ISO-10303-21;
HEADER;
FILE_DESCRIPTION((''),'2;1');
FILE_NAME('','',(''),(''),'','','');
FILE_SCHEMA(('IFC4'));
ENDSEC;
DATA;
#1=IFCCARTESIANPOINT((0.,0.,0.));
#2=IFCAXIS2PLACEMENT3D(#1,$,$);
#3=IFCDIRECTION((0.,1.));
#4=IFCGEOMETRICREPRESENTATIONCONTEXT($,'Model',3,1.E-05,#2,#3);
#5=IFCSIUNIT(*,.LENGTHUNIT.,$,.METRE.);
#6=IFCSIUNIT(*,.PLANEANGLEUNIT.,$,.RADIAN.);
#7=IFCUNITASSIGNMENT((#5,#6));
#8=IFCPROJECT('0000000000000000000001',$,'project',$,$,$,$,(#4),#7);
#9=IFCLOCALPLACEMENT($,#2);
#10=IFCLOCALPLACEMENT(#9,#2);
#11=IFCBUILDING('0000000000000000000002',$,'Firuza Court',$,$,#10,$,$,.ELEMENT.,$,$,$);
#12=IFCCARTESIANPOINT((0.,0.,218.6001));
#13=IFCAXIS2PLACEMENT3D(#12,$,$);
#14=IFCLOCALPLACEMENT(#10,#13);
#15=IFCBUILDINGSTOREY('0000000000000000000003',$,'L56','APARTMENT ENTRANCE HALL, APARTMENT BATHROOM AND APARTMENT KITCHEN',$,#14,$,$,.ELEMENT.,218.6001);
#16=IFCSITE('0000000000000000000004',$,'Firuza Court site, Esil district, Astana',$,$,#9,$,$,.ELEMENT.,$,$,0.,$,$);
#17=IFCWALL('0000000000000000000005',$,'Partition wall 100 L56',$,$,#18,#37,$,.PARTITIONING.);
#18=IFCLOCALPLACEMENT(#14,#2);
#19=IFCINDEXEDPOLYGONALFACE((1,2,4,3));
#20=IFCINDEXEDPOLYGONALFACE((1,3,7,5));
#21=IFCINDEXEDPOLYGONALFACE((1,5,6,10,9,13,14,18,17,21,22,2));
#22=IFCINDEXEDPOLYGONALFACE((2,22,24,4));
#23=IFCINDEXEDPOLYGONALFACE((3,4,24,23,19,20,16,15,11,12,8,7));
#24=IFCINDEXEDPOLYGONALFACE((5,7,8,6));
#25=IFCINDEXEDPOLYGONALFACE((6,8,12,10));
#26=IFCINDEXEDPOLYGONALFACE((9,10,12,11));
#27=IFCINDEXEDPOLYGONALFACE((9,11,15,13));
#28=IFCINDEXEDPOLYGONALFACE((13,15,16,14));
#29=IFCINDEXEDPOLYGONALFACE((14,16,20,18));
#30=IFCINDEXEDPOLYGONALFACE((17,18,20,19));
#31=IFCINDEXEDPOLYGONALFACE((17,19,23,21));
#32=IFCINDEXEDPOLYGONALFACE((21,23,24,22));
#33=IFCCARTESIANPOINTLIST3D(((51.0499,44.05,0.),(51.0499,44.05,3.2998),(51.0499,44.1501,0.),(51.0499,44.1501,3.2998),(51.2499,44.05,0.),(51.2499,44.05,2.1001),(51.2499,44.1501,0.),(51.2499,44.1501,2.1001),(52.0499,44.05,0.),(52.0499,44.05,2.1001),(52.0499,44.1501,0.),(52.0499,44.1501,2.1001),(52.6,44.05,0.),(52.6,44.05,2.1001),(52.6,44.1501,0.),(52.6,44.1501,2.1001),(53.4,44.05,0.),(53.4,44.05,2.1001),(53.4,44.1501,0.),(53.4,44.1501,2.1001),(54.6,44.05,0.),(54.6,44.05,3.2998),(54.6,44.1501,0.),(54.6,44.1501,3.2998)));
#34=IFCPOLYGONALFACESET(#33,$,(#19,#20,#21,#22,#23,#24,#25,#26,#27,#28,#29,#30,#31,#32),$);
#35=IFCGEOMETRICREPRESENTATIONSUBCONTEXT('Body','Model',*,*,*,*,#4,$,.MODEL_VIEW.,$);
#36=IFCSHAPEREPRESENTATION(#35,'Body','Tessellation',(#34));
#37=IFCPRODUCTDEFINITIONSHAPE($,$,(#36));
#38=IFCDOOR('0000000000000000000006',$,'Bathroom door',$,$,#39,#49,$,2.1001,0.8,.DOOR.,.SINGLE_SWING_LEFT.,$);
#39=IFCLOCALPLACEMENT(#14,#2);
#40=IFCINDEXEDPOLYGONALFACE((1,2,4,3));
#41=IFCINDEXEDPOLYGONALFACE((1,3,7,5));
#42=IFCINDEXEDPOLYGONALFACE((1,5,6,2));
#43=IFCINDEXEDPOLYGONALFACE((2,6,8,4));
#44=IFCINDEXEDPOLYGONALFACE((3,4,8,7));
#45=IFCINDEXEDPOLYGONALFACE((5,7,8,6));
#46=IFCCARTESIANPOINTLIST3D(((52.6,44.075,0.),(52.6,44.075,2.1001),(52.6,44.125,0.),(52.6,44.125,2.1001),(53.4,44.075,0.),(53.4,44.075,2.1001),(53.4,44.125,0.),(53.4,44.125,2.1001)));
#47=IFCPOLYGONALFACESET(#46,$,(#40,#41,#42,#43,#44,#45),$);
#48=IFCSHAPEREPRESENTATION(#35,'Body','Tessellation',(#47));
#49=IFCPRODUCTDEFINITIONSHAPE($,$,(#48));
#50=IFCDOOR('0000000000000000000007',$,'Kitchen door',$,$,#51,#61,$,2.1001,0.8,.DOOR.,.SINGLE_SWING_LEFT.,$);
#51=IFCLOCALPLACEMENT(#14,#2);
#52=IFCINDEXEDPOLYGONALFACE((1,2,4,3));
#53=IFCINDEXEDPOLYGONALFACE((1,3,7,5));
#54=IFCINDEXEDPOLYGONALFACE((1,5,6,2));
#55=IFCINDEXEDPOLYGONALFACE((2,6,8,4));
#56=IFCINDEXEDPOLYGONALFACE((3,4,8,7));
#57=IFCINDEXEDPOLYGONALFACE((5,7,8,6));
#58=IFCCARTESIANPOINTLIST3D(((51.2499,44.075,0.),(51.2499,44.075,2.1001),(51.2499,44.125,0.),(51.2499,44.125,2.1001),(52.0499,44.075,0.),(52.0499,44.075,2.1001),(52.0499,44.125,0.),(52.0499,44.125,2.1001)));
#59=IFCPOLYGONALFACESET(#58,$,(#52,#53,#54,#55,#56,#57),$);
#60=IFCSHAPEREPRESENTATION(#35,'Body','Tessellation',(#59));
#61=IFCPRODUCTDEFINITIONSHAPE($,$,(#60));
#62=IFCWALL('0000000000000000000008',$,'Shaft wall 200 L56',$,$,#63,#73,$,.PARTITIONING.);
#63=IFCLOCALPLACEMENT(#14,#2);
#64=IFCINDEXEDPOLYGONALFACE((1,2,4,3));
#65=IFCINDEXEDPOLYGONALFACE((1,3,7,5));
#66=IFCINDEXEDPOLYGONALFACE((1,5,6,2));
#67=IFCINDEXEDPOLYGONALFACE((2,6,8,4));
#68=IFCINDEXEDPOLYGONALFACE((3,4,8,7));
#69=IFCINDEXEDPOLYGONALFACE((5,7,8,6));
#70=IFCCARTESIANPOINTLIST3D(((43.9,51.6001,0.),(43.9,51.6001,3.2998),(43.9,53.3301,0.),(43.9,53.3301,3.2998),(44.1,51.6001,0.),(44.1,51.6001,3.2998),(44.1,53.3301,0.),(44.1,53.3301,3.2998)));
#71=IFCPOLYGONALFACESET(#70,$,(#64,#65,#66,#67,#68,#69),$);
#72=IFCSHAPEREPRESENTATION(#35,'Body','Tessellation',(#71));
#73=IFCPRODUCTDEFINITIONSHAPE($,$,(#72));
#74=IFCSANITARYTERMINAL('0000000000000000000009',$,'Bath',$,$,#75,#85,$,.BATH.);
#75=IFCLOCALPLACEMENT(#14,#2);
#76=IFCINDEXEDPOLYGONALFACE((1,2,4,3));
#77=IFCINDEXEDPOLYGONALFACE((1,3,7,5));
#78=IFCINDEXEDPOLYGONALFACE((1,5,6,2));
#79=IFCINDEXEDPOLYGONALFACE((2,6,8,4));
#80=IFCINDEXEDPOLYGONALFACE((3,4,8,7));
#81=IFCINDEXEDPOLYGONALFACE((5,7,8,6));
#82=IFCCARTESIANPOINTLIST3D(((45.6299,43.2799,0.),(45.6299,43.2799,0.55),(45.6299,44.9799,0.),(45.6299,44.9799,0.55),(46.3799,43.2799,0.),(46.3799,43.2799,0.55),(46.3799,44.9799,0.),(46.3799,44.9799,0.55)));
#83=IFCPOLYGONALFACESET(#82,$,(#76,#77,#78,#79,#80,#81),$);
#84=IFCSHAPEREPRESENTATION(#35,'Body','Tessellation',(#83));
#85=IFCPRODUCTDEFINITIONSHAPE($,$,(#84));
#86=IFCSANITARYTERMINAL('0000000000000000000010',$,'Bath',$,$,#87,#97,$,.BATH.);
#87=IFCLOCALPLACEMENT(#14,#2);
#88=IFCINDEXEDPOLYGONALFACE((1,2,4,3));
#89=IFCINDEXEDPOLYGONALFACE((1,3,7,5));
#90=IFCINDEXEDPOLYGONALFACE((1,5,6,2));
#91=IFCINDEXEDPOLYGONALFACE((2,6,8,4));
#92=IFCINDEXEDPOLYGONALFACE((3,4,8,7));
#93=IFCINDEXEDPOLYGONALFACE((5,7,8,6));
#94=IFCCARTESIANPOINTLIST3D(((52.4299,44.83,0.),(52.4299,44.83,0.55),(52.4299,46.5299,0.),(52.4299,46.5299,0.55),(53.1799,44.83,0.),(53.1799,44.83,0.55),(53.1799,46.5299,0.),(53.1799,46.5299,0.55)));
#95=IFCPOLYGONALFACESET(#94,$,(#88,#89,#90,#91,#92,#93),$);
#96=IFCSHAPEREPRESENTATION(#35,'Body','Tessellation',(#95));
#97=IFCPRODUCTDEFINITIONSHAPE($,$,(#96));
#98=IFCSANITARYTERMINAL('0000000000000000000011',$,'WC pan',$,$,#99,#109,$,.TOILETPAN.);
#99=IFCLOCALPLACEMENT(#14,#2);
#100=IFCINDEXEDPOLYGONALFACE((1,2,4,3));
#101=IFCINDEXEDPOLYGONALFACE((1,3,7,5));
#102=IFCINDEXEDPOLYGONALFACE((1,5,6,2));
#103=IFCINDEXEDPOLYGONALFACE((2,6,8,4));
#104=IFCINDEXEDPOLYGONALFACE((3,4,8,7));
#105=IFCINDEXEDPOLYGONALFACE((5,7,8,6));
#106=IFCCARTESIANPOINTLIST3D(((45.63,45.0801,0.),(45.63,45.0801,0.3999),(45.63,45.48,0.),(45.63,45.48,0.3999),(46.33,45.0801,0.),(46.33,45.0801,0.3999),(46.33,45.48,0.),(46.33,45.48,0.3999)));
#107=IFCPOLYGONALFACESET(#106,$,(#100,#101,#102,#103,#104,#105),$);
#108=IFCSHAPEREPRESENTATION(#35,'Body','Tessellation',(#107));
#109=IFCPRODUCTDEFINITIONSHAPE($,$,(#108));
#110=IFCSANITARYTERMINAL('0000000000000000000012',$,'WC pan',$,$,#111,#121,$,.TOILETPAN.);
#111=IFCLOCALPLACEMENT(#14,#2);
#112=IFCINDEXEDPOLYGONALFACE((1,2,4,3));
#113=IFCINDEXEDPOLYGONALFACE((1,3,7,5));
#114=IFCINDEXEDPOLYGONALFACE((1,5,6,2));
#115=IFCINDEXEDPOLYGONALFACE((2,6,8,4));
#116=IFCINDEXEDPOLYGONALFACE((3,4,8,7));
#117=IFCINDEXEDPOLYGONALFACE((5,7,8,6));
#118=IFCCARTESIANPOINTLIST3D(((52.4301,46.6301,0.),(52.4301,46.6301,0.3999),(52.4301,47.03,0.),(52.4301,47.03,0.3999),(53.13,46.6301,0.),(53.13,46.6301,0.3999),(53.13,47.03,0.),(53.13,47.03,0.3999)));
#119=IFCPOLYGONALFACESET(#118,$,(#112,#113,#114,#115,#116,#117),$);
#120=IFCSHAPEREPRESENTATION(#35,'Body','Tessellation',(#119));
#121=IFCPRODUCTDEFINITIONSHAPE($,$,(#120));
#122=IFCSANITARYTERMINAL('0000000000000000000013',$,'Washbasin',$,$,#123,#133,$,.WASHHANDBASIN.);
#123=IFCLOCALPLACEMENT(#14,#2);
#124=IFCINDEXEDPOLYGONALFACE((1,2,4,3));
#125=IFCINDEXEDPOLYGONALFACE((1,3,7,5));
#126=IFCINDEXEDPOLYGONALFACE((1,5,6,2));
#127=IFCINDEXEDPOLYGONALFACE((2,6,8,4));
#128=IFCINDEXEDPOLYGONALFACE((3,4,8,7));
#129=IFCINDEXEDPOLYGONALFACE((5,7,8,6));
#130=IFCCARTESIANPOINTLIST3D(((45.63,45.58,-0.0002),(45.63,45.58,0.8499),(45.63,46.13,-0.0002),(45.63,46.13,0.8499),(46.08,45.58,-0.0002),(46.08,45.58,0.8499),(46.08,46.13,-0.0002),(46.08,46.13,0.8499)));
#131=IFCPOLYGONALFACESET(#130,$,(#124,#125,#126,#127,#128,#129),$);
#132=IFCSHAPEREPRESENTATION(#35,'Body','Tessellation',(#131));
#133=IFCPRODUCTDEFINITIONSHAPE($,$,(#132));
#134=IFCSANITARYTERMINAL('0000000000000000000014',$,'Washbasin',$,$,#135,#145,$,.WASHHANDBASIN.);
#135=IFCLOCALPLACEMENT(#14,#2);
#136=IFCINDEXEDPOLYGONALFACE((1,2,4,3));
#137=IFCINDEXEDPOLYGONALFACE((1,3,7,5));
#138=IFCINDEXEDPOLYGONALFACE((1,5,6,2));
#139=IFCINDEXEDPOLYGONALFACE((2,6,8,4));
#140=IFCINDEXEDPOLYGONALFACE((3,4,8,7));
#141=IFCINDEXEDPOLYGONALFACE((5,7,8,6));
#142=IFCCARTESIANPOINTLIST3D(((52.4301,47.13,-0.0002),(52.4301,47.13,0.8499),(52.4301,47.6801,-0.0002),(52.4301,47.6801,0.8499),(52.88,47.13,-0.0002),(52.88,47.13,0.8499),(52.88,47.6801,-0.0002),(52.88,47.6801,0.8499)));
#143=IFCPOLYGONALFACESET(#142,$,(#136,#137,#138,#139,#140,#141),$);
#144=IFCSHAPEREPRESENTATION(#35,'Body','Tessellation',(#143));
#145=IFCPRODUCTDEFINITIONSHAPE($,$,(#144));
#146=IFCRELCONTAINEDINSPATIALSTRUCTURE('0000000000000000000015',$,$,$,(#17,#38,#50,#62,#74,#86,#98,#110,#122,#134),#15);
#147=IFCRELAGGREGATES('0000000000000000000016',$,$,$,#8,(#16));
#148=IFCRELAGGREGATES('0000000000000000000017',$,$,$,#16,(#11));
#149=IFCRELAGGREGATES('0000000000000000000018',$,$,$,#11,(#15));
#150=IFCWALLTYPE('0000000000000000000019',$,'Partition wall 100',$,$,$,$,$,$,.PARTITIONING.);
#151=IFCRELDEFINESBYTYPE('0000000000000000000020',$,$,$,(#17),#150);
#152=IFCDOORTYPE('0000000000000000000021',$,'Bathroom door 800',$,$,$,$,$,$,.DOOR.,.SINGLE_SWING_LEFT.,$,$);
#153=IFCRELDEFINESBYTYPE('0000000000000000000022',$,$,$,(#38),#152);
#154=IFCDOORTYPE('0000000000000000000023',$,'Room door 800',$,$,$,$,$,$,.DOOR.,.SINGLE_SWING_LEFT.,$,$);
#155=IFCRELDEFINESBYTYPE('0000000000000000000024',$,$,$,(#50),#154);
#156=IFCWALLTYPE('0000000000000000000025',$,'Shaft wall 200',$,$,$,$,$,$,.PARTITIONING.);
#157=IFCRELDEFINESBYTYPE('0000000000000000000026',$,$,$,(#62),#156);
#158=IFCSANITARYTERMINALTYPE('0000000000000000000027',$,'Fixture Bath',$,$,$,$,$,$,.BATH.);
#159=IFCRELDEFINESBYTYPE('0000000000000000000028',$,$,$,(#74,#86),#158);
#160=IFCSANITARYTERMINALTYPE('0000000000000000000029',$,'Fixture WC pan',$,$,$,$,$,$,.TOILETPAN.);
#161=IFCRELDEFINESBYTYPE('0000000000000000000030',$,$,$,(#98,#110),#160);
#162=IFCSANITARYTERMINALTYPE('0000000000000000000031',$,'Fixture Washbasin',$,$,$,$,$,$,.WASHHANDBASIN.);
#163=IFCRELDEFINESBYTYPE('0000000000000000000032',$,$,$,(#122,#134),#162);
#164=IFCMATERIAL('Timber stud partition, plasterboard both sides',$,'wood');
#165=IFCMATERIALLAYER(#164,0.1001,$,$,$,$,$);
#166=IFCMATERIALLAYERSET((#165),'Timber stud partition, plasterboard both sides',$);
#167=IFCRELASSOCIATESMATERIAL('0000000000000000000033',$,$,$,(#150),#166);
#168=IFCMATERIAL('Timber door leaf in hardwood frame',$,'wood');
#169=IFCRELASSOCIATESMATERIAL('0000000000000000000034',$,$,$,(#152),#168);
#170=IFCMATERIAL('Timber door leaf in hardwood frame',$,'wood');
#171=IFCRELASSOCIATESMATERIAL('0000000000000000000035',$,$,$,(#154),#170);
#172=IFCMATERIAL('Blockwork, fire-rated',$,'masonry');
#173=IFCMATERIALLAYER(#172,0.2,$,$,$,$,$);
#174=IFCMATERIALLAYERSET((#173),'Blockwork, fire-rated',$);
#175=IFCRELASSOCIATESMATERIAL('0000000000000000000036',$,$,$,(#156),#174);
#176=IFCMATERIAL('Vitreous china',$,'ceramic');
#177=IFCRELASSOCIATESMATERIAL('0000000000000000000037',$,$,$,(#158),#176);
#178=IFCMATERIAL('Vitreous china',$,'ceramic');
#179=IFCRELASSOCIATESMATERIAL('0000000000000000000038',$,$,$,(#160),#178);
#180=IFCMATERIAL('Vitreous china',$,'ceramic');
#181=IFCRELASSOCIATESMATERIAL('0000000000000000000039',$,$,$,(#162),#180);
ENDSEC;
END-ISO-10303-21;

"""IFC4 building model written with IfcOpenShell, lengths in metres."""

from ifc_helpers import new_model, si_unit, direction, frame, frame_2d, origin, origin_2d, place, context, subcontext, project, spatial, rectangle, extrude, material, layer, layer_set, type_object, element, fill, save


model = new_model("IFC4")

# Units and contexts
model_context = context("Model", 3, precision=1e-05, world=origin(), true_north=direction((0.0, 1.0)))
body_context = subcontext(model_context, "Body", "Model", "MODEL_VIEW")
ifc_project = project(units=[si_unit("LENGTHUNIT", "METRE"), si_unit("PLANEANGLEUNIT", "RADIAN")], contexts=[model_context])

# Site, building, storey
site_placement = place(None, origin())
site = spatial("IfcSite", under=ifc_project, at=site_placement, Name="Firuza Court site, Esil district, Astana", CompositionType="ELEMENT", RefElevation=0.0)
building_placement = place(site_placement, origin())
building = spatial("IfcBuilding", under=site, at=building_placement, Name="Firuza Court", CompositionType="ELEMENT")
storey_placement = place(building_placement, frame((0.0, 0.0, 218.6001)))
storey = spatial("IfcBuildingStorey", under=building, at=storey_placement, Name="L56", Description="APARTMENT ENTRANCE HALL, APARTMENT BATHROOM AND APARTMENT KITCHEN", CompositionType="ELEMENT", Elevation=218.6001)

# Shared definitions
ifc_material_1 = material(Name="Timber stud partition, plasterboard both sides", Category="wood")
ifc_layer_1 = layer(ifc_material_1, 0.1001)
ifc_layer_set_1 = layer_set([ifc_layer_1], Name="Timber stud partition, plasterboard both sides")
wall_type_1 = type_object("IfcWallType", Name="Partition wall 100", PredefinedType="PARTITIONING", material=ifc_layer_set_1)

# Wall, openings, doors
wall_1_placement = place(storey_placement, frame((51.05, 44.1001, 0.0), z_axis=(0.0, 0.0, 1.0), x_axis=(1.0, 0.0, 0.0)))
wall_1 = element("IfcWall", 1, at=wall_1_placement, inside=storey, type_object=wall_type_1, Name="Partition wall 100 L56", PredefinedType="PARTITIONING", context=body_context, shape_type="SweptSolid", body=[
    extrude(rectangle(XDim=3.55, YDim=0.1001, at=frame_2d((1.7749, 0.0))), origin(), (0.0, 0.0, 1.0), 3.2998),
])
opening_1_placement = place(wall_1_placement, frame((1.55, 0.0, 0.0)))
opening_1 = element("IfcOpeningElement", 2, at=opening_1_placement, cuts=wall_1, PredefinedType="OPENING", context=body_context, shape_type="SweptSolid", body=[
    extrude(rectangle(XDim=0.8, YDim=2.1001, at=frame_2d((0.3999, 1.05))), frame((0.0, 0.062, 0.0), z_axis=(0.0, -1.0, 0.0), x_axis=(1.0, 0.0, 0.0)), (0.0, 0.0, 1.0), 0.124),
])
opening_2_placement = place(wall_1_placement, frame((0.2, 0.0, 0.0)))
opening_2 = element("IfcOpeningElement", 3, at=opening_2_placement, cuts=wall_1, PredefinedType="OPENING", context=body_context, shape_type="SweptSolid", body=[
    extrude(rectangle(XDim=0.8, YDim=2.1001, at=frame_2d((0.3999, 1.05))), frame((0.0, 0.062, 0.0), z_axis=(0.0, -1.0, 0.0), x_axis=(1.0, 0.0, 0.0)), (0.0, 0.0, 1.0), 0.124),
])
ifc_material_2 = material(Name="Timber door leaf in hardwood frame", Category="wood")
door_type_1 = type_object("IfcDoorType", Name="Bathroom door 800", OperationType="SINGLE_SWING_LEFT", PredefinedType="DOOR", material=ifc_material_2)
door_1_placement = place(opening_1_placement, origin())
door_1 = element("IfcDoor", 4, at=door_1_placement, inside=storey, type_object=door_type_1, Name="Bathroom door", OperationType="SINGLE_SWING_LEFT", OverallHeight=2.1001, OverallWidth=0.8, PredefinedType="DOOR", context=body_context, shape_type="SweptSolid", body=[
    extrude(rectangle(XDim=0.8, YDim=2.1001, at=frame_2d((0.3999, 1.05))), frame((0.0, 0.0249, 0.0), z_axis=(0.0, -1.0, 0.0), x_axis=(1.0, 0.0, 0.0)), (0.0, 0.0, 1.0), 0.05),
])
fill(opening_1, door_1)
ifc_material_3 = material(Name="Timber door leaf in hardwood frame", Category="wood")
door_type_2 = type_object("IfcDoorType", Name="Room door 800", OperationType="SINGLE_SWING_LEFT", PredefinedType="DOOR", material=ifc_material_3)
door_2_placement = place(opening_2_placement, origin())
door_2 = element("IfcDoor", 5, at=door_2_placement, inside=storey, type_object=door_type_2, Name="Kitchen door", OperationType="SINGLE_SWING_LEFT", OverallHeight=2.1001, OverallWidth=0.8, PredefinedType="DOOR", context=body_context, shape_type="SweptSolid", body=[
    extrude(rectangle(XDim=0.8, YDim=2.1001, at=frame_2d((0.3999, 1.05))), frame((0.0, 0.0249, 0.0), z_axis=(0.0, -1.0, 0.0), x_axis=(1.0, 0.0, 0.0)), (0.0, 0.0, 1.0), 0.05),
])
fill(opening_2, door_2)

# Wall
ifc_material_4 = material(Name="Blockwork, fire-rated", Category="masonry")
ifc_layer_2 = layer(ifc_material_4, 0.2)
ifc_layer_set_2 = layer_set([ifc_layer_2], Name="Blockwork, fire-rated")
wall_type_2 = type_object("IfcWallType", Name="Shaft wall 200", PredefinedType="PARTITIONING", material=ifc_layer_set_2)
wall_2_placement = place(storey_placement, frame((44.0, 51.6001, 0.0), z_axis=(0.0, 0.0, 1.0), x_axis=(0.0, 1.0, 0.0)))
element("IfcWall", 6, at=wall_2_placement, inside=storey, type_object=wall_type_2, Name="Shaft wall 200 L56", PredefinedType="PARTITIONING", context=body_context, shape_type="SweptSolid", body=[
    extrude(rectangle(XDim=1.73, YDim=0.2, at=frame_2d((0.865, 0.0))), origin(), (0.0, 0.0, 1.0), 3.2998),
])

# Sanitary terminals
ifc_material_5 = material(Name="Vitreous china", Category="ceramic")
sanitary_terminal_type_1 = type_object("IfcSanitaryTerminalType", Name="Fixture Bath", PredefinedType="BATH", material=ifc_material_5)
for number, where, z_axis, x_axis, name in (
    (7, (46.0049, 44.1299, 0.0), (0.0, 0.0, 1.0), (1.0, 0.0, 0.0), "Bath"),
    (8, (52.8049, 45.6799, 0.0), (0.0, 0.0, 1.0), (1.0, 0.0, 0.0), "Bath"),
):
    element("IfcSanitaryTerminal", number, at=place(storey_placement, frame(where, z_axis=z_axis, x_axis=x_axis)), inside=storey, type_object=sanitary_terminal_type_1, Name=name, PredefinedType="BATH", context=body_context, shape_type="SweptSolid", body=[
        extrude(rectangle(XDim=0.75, YDim=1.7, at=origin_2d()), origin(), (0.0, 0.0, 1.0), 0.55),
    ])
ifc_material_6 = material(Name="Vitreous china", Category="ceramic")
sanitary_terminal_type_2 = type_object("IfcSanitaryTerminalType", Name="Fixture WC pan", PredefinedType="TOILETPAN", material=ifc_material_6)
for number, where, z_axis, x_axis, name in (
    (9, (45.98, 45.28, 0.0), (0.0, 0.0, 1.0), (1.0, 0.0, 0.0), "WC pan"),
    (10, (52.78, 46.8301, 0.0), (0.0, 0.0, 1.0), (1.0, 0.0, 0.0), "WC pan"),
):
    element("IfcSanitaryTerminal", number, at=place(storey_placement, frame(where, z_axis=z_axis, x_axis=x_axis)), inside=storey, type_object=sanitary_terminal_type_2, Name=name, PredefinedType="TOILETPAN", context=body_context, shape_type="SweptSolid", body=[
        extrude(rectangle(XDim=0.7, YDim=0.3999, at=origin_2d()), origin(), (0.0, 0.0, 1.0), 0.3999),
    ])
ifc_material_7 = material(Name="Vitreous china", Category="ceramic")
sanitary_terminal_type_3 = type_object("IfcSanitaryTerminalType", Name="Fixture Washbasin", PredefinedType="WASHHANDBASIN", material=ifc_material_7)
for number, where, z_axis, x_axis, name in (
    (11, (45.855, 45.855, -0.0002), (0.0, 0.0, 1.0), (1.0, 0.0, 0.0), "Washbasin"),
    (12, (52.655, 47.405, -0.0002), (0.0, 0.0, 1.0), (1.0, 0.0, 0.0), "Washbasin"),
):
    element("IfcSanitaryTerminal", number, at=place(storey_placement, frame(where, z_axis=z_axis, x_axis=x_axis)), inside=storey, type_object=sanitary_terminal_type_3, Name=name, PredefinedType="WASHHANDBASIN", context=body_context, shape_type="SweptSolid", body=[
        extrude(rectangle(XDim=0.45, YDim=0.55, at=origin_2d()), origin(), (0.0, 0.0, 1.0), 0.8501),
    ])

save(model, "model.ifc")
